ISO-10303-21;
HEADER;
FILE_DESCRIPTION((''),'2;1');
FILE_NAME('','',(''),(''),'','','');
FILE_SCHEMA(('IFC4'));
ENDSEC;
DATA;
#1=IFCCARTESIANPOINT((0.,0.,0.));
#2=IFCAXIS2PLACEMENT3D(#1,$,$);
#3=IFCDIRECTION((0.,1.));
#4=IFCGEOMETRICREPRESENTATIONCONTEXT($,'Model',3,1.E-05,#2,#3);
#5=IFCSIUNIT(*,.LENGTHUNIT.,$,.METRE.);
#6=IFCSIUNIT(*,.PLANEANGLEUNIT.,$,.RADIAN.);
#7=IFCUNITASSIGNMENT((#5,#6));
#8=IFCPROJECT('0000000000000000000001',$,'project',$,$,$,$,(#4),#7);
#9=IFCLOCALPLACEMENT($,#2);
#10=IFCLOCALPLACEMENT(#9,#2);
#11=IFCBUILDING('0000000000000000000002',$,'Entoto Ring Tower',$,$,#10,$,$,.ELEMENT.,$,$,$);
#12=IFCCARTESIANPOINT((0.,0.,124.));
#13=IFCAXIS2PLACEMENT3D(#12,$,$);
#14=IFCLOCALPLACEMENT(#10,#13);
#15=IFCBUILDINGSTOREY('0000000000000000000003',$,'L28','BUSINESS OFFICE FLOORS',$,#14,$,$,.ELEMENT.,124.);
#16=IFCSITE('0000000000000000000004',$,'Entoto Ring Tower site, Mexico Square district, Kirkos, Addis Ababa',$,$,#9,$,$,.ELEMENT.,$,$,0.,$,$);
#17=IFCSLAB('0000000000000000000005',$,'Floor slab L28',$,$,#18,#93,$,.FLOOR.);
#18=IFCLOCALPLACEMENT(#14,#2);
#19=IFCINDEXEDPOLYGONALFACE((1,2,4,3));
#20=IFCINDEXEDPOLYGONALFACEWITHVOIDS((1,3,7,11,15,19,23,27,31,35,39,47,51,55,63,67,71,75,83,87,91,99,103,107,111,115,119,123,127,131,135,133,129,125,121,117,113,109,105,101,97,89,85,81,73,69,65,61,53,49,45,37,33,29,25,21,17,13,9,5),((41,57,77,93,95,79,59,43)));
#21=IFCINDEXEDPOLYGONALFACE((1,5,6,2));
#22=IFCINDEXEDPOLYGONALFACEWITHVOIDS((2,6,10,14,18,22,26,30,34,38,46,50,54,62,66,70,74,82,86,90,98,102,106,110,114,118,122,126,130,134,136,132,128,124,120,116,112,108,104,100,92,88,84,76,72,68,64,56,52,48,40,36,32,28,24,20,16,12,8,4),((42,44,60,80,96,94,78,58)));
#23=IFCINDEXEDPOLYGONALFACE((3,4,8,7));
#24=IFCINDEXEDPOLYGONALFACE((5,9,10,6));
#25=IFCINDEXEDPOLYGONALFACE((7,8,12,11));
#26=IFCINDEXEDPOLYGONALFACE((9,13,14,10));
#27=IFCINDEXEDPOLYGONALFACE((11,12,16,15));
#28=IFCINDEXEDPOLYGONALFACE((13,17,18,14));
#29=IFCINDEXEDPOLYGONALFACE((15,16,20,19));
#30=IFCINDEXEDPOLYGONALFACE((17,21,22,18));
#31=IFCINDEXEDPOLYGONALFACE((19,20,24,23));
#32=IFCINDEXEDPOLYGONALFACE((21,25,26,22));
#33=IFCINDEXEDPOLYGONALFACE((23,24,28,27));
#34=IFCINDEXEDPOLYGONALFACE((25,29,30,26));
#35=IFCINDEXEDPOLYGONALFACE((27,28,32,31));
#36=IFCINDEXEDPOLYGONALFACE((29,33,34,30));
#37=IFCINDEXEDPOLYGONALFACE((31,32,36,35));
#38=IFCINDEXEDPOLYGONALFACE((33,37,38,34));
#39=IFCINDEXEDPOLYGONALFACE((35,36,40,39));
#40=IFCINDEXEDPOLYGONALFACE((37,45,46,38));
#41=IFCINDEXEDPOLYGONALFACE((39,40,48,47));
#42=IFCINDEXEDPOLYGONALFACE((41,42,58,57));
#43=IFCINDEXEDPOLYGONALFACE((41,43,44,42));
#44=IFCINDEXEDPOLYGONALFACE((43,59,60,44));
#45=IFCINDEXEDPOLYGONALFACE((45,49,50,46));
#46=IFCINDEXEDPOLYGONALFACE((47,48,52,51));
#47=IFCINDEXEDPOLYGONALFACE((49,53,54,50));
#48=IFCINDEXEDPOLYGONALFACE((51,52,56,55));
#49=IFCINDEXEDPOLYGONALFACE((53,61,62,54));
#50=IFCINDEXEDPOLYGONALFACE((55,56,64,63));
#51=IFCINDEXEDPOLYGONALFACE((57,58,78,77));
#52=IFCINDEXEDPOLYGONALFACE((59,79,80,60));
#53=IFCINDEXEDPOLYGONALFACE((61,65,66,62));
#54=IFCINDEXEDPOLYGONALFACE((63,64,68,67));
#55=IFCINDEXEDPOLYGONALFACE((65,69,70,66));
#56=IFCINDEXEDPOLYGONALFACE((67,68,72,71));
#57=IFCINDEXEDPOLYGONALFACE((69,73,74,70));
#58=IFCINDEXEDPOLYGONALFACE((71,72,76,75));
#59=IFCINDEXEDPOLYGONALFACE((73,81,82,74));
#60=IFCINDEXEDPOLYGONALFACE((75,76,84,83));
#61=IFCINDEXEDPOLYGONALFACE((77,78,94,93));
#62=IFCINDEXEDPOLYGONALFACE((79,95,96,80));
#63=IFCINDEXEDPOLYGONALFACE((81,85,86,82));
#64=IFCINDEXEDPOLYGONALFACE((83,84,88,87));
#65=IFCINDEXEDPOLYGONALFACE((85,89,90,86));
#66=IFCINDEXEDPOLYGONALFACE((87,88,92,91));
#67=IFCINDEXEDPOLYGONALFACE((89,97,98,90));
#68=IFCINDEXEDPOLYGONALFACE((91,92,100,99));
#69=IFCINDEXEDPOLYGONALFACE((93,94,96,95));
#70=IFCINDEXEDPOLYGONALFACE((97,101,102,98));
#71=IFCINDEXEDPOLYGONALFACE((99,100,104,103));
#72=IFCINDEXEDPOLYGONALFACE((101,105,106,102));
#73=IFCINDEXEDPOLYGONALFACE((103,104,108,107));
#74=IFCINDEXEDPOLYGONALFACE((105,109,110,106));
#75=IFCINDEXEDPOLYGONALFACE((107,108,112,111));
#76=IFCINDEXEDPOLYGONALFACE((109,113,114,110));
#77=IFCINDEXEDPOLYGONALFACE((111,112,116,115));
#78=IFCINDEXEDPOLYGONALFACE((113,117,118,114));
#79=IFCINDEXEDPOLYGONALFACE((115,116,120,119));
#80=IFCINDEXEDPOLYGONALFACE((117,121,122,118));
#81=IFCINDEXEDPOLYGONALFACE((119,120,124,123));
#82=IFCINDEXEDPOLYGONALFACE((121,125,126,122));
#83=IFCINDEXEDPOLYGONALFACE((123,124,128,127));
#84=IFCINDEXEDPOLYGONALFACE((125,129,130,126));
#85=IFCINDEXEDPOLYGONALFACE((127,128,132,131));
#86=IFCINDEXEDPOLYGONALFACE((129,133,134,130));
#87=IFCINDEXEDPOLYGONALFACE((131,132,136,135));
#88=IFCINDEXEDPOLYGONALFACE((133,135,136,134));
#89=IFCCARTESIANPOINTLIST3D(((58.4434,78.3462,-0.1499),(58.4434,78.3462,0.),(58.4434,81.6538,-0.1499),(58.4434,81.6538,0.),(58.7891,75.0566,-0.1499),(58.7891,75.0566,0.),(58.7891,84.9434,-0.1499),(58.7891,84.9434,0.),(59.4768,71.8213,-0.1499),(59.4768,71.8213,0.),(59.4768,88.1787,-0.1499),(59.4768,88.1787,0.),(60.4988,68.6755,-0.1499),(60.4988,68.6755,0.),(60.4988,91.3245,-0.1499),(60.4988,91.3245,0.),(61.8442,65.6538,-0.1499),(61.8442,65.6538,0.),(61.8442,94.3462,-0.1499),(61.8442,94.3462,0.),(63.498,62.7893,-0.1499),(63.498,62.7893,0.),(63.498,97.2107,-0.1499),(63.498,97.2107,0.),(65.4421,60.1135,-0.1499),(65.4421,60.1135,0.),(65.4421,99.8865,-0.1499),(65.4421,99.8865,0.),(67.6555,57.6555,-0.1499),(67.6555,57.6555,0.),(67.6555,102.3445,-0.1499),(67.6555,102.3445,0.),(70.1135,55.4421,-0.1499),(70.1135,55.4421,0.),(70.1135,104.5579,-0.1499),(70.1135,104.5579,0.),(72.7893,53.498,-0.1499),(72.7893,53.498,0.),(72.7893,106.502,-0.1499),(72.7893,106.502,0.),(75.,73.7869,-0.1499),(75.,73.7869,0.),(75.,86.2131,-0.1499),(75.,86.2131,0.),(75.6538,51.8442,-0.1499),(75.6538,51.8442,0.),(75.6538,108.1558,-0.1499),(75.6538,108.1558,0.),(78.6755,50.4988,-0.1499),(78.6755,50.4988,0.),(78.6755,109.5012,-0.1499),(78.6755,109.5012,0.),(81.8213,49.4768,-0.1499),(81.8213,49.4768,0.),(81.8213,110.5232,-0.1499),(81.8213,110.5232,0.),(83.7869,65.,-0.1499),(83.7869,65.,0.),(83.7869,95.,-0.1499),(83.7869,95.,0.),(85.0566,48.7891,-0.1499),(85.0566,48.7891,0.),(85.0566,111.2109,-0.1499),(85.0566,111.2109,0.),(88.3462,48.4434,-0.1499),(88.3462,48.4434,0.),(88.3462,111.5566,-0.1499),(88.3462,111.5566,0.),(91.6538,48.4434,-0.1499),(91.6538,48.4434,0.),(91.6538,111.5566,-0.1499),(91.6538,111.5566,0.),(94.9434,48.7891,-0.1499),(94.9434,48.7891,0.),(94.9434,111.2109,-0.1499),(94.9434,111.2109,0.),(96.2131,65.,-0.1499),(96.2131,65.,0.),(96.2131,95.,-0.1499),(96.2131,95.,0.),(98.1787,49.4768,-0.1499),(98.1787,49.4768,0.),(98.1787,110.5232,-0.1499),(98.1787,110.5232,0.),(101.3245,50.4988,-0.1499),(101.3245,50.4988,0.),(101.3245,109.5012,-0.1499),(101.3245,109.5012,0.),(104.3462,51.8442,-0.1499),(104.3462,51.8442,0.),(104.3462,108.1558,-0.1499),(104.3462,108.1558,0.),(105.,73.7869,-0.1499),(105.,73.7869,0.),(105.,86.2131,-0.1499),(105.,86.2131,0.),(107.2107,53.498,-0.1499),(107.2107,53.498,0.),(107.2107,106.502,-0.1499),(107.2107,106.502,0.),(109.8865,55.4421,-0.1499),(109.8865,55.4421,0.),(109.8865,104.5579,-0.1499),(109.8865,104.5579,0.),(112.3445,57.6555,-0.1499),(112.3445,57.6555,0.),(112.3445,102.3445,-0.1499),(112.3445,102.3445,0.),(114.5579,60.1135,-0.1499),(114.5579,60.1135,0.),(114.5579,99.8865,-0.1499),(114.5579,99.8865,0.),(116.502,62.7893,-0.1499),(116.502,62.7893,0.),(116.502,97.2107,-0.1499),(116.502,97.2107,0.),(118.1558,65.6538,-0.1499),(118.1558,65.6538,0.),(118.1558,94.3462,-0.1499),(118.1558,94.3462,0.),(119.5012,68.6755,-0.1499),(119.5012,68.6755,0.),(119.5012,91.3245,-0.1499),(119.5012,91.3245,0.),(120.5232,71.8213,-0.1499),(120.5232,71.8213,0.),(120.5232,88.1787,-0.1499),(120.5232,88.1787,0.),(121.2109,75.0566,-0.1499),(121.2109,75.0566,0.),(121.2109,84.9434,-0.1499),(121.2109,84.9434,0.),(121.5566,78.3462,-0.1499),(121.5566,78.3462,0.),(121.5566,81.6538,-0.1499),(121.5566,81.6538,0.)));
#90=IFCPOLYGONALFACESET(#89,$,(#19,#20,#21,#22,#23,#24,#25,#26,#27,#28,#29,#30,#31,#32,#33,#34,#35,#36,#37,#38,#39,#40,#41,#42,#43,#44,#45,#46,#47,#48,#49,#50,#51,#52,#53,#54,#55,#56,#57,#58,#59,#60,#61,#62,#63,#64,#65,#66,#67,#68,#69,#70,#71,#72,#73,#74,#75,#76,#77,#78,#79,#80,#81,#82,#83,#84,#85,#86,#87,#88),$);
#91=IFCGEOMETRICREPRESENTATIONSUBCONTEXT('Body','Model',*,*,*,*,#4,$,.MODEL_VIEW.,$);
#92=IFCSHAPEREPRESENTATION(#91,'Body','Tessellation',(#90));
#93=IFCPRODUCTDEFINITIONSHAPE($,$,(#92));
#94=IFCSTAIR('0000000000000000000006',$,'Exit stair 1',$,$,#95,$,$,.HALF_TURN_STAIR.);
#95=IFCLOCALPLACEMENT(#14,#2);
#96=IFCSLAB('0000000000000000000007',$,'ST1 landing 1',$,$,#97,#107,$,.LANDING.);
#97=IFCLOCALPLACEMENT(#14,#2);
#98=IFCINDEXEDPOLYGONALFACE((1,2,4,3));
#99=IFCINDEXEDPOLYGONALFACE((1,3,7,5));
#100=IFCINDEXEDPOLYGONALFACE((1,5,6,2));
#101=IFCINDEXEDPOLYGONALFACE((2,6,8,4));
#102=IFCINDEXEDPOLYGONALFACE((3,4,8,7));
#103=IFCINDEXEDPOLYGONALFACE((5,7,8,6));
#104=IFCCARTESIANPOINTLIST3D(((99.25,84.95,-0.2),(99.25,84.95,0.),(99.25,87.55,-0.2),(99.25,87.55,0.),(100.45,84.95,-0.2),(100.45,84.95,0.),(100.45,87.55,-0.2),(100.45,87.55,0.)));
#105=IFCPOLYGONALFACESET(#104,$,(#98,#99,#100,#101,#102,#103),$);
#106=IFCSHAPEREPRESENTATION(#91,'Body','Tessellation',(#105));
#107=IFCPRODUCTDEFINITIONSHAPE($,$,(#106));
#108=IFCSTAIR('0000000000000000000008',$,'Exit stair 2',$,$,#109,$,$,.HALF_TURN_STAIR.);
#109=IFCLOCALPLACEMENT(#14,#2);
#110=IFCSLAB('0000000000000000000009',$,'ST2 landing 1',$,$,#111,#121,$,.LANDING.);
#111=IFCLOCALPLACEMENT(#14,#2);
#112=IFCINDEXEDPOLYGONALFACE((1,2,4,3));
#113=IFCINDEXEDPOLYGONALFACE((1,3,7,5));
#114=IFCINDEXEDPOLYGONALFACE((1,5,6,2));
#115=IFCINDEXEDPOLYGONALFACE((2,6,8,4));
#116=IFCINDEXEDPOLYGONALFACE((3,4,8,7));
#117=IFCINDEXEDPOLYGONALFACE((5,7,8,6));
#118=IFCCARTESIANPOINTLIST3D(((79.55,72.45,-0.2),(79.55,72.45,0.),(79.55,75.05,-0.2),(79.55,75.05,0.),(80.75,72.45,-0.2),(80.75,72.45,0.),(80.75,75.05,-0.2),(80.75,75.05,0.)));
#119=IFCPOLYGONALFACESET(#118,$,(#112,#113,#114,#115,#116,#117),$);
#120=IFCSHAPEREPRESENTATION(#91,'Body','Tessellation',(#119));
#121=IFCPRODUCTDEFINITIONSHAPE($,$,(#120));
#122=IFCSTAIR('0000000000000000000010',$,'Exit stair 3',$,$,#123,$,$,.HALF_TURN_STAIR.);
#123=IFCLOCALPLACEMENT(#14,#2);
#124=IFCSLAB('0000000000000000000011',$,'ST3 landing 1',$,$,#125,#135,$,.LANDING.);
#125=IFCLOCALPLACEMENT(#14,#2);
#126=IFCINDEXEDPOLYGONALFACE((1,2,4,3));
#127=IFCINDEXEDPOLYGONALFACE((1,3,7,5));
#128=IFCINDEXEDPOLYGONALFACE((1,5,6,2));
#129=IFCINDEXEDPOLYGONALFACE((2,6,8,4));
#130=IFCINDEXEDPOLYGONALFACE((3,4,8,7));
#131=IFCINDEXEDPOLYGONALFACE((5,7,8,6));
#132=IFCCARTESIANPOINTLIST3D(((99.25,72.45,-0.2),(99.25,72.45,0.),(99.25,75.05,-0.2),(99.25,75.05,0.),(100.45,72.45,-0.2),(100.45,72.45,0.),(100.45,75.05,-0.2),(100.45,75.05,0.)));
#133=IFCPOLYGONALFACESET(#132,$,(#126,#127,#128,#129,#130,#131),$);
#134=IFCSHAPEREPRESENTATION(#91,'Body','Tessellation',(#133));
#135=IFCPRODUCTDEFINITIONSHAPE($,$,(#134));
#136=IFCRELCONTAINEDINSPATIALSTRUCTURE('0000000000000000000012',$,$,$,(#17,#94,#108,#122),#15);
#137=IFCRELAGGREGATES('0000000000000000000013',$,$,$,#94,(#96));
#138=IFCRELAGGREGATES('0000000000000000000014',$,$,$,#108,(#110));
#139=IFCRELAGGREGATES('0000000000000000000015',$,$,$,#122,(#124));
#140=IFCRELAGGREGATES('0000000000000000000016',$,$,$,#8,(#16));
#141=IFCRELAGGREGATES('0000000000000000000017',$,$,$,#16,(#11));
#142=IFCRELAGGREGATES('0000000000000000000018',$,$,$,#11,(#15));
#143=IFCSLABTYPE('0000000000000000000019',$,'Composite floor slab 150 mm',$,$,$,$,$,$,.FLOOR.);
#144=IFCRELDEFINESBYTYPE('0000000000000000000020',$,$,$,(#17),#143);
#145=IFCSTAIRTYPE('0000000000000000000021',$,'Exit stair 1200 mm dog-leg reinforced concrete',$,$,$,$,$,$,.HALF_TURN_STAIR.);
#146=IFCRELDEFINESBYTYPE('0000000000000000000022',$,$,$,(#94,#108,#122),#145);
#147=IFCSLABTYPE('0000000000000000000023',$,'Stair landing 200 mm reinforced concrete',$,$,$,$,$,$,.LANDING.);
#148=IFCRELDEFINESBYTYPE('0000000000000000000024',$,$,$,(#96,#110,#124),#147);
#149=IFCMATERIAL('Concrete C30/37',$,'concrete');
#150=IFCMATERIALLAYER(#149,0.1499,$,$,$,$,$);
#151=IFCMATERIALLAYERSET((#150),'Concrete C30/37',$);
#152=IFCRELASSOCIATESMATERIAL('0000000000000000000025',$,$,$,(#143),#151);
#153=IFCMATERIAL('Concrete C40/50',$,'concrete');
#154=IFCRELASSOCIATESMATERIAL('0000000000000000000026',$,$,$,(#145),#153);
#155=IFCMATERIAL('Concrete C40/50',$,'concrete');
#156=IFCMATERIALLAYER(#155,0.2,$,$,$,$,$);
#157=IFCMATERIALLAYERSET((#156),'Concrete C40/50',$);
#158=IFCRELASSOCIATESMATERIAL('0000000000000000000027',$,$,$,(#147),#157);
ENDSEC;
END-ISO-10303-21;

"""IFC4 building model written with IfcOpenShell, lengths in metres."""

from ifc_helpers import new_model, si_unit, direction, frame, origin, place, context, subcontext, project, spatial, polyline, outline, extrude, material, layer, layer_set, type_object, element, aggregate, save


model = new_model("IFC4")

# Units and contexts
model_context = context("Model", 3, precision=1e-05, world=origin(), true_north=direction((0.0, 1.0)))
body_context = subcontext(model_context, "Body", "Model", "MODEL_VIEW")
ifc_project = project(units=[si_unit("LENGTHUNIT", "METRE"), si_unit("PLANEANGLEUNIT", "RADIAN")], contexts=[model_context])

# Site, building, storey
site_placement = place(None, origin())
building_placement = place(site_placement, origin())
storey_placement = place(building_placement, frame((0.0, 0.0, 124.0)))
site = spatial("IfcSite", under=ifc_project, at=site_placement, Name="Entoto Ring Tower site, Mexico Square district, Kirkos, Addis Ababa", CompositionType="ELEMENT", RefElevation=0.0)
building = spatial("IfcBuilding", under=site, at=building_placement, Name="Entoto Ring Tower", CompositionType="ELEMENT")
storey = spatial("IfcBuildingStorey", under=building, at=storey_placement, Name="L28", Description="BUSINESS OFFICE FLOORS", CompositionType="ELEMENT", Elevation=124.0)

# Slab
ifc_material_1 = material(Name="Concrete C30/37", Category="concrete")
ifc_layer_1 = layer(ifc_material_1, 0.1499)
ifc_layer_set_1 = layer_set([ifc_layer_1], Name="Concrete C30/37")
slab_type_1 = type_object("IfcSlabType", Name="Composite floor slab 150 mm", PredefinedType="FLOOR", material=ifc_layer_set_1)
slab_1_placement = place(storey_placement, frame((0.0, 0.0, -0.1499)))
element("IfcSlab", 1, at=slab_1_placement, inside=storey, type_object=slab_type_1, Name="Floor slab L28", PredefinedType="FLOOR", context=body_context, shape_type="SweptSolid", body=[
    extrude(outline(polyline([(121.2109, 84.9434), (120.5232, 88.1787), (119.5012, 91.3245), (118.1558, 94.3462), (116.502, 97.2107), (114.5579, 99.8865), (112.3445, 102.3445), (109.8865, 104.5579), (107.2107, 106.502), (104.3462, 108.1558), (101.3245, 109.5012), (98.1787, 110.5232), (94.9434, 111.2109), (91.6538, 111.5566), (88.3462, 111.5566), (85.0566, 111.2109), (81.8213, 110.5232), (78.6755, 109.5012), (75.6538, 108.1558), (72.7893, 106.502), (70.1135, 104.5579), (67.6555, 102.3445), (65.4421, 99.8865), (63.498, 97.2107), (61.8442, 94.3462), (60.4988, 91.3245), (59.4768, 88.1787), (58.7891, 84.9434), (58.4434, 81.6538), (58.4434, 78.3462), (58.7891, 75.0566), (59.4768, 71.8213), (60.4988, 68.6755), (61.8442, 65.6538), (63.498, 62.7893), (65.4421, 60.1135), (67.6555, 57.6555), (70.1135, 55.4421), (72.7893, 53.498), (75.6538, 51.8442), (78.6755, 50.4988), (81.8213, 49.4768), (85.0566, 48.7891), (88.3462, 48.4434), (91.6538, 48.4434), (94.9434, 48.7891), (98.1787, 49.4768), (101.3245, 50.4988), (104.3462, 51.8442), (107.2107, 53.498), (109.8865, 55.4421), (112.3445, 57.6555), (114.5579, 60.1135), (116.502, 62.7893), (118.1558, 65.6538), (119.5012, 68.6755), (120.5232, 71.8213), (121.2109, 75.0566), (121.5566, 78.3462), (121.5566, 81.6538), (121.2109, 84.9434)]), holes=[polyline([(105.0, 73.7869), (105.0, 86.2131), (96.2131, 95.0), (83.7869, 95.0), (75.0, 86.2131), (75.0, 73.7869), (83.7869, 65.0), (96.2131, 65.0), (105.0, 73.7869)])]), origin(), (0.0, 0.0, 1.0), 0.1499),
])

# Stairs, slabs
ifc_material_2 = material(Name="Concrete C40/50", Category="concrete")
stair_type = type_object("IfcStairType", Name="Exit stair 1200 mm dog-leg reinforced concrete", PredefinedType="HALF_TURN_STAIR", material=ifc_material_2)
stair_1_placement = place(storey_placement, origin())
stair_1 = element("IfcStair", 2, at=stair_1_placement, inside=storey, type_object=stair_type, Name="Exit stair 1", PredefinedType="HALF_TURN_STAIR")
ifc_material_3 = material(Name="Concrete C40/50", Category="concrete")
ifc_layer_2 = layer(ifc_material_3, 0.2)
ifc_layer_set_2 = layer_set([ifc_layer_2], Name="Concrete C40/50")
slab_type_2 = type_object("IfcSlabType", Name="Stair landing 200 mm reinforced concrete", PredefinedType="LANDING", material=ifc_layer_set_2)
slab_2_placement = place(storey_placement, frame((0.0, 0.0, -0.2)))
slab_2 = element("IfcSlab", 3, at=slab_2_placement, type_object=slab_type_2, Name="ST1 landing 1", PredefinedType="LANDING", context=body_context, shape_type="SweptSolid", body=[
    extrude(outline(polyline([(100.45, 84.95), (100.45, 87.55), (99.25, 87.55), (99.25, 84.95), (100.45, 84.95)])), origin(), (0.0, 0.0, 1.0), 0.2),
])
aggregate(stair_1, [slab_2])
stair_2_placement = place(storey_placement, origin())
stair_2 = element("IfcStair", 4, at=stair_2_placement, inside=storey, type_object=stair_type, Name="Exit stair 2", PredefinedType="HALF_TURN_STAIR")
slab_3_placement = place(storey_placement, frame((0.0, 0.0, -0.2)))
slab_3 = element("IfcSlab", 5, at=slab_3_placement, type_object=slab_type_2, Name="ST2 landing 1", PredefinedType="LANDING", context=body_context, shape_type="SweptSolid", body=[
    extrude(outline(polyline([(80.75, 72.45), (80.75, 75.05), (79.55, 75.05), (79.55, 72.45), (80.75, 72.45)])), origin(), (0.0, 0.0, 1.0), 0.2),
])
aggregate(stair_2, [slab_3])
stair_3_placement = place(storey_placement, origin())
stair_3 = element("IfcStair", 6, at=stair_3_placement, inside=storey, type_object=stair_type, Name="Exit stair 3", PredefinedType="HALF_TURN_STAIR")
slab_4_placement = place(storey_placement, frame((0.0, 0.0, -0.2)))
slab_4 = element("IfcSlab", 7, at=slab_4_placement, type_object=slab_type_2, Name="ST3 landing 1", PredefinedType="LANDING", context=body_context, shape_type="SweptSolid", body=[
    extrude(outline(polyline([(100.45, 72.45), (100.45, 75.05), (99.25, 75.05), (99.25, 72.45), (100.45, 72.45)])), origin(), (0.0, 0.0, 1.0), 0.2),
])
aggregate(stair_3, [slab_4])

save(model, "model.ifc")
